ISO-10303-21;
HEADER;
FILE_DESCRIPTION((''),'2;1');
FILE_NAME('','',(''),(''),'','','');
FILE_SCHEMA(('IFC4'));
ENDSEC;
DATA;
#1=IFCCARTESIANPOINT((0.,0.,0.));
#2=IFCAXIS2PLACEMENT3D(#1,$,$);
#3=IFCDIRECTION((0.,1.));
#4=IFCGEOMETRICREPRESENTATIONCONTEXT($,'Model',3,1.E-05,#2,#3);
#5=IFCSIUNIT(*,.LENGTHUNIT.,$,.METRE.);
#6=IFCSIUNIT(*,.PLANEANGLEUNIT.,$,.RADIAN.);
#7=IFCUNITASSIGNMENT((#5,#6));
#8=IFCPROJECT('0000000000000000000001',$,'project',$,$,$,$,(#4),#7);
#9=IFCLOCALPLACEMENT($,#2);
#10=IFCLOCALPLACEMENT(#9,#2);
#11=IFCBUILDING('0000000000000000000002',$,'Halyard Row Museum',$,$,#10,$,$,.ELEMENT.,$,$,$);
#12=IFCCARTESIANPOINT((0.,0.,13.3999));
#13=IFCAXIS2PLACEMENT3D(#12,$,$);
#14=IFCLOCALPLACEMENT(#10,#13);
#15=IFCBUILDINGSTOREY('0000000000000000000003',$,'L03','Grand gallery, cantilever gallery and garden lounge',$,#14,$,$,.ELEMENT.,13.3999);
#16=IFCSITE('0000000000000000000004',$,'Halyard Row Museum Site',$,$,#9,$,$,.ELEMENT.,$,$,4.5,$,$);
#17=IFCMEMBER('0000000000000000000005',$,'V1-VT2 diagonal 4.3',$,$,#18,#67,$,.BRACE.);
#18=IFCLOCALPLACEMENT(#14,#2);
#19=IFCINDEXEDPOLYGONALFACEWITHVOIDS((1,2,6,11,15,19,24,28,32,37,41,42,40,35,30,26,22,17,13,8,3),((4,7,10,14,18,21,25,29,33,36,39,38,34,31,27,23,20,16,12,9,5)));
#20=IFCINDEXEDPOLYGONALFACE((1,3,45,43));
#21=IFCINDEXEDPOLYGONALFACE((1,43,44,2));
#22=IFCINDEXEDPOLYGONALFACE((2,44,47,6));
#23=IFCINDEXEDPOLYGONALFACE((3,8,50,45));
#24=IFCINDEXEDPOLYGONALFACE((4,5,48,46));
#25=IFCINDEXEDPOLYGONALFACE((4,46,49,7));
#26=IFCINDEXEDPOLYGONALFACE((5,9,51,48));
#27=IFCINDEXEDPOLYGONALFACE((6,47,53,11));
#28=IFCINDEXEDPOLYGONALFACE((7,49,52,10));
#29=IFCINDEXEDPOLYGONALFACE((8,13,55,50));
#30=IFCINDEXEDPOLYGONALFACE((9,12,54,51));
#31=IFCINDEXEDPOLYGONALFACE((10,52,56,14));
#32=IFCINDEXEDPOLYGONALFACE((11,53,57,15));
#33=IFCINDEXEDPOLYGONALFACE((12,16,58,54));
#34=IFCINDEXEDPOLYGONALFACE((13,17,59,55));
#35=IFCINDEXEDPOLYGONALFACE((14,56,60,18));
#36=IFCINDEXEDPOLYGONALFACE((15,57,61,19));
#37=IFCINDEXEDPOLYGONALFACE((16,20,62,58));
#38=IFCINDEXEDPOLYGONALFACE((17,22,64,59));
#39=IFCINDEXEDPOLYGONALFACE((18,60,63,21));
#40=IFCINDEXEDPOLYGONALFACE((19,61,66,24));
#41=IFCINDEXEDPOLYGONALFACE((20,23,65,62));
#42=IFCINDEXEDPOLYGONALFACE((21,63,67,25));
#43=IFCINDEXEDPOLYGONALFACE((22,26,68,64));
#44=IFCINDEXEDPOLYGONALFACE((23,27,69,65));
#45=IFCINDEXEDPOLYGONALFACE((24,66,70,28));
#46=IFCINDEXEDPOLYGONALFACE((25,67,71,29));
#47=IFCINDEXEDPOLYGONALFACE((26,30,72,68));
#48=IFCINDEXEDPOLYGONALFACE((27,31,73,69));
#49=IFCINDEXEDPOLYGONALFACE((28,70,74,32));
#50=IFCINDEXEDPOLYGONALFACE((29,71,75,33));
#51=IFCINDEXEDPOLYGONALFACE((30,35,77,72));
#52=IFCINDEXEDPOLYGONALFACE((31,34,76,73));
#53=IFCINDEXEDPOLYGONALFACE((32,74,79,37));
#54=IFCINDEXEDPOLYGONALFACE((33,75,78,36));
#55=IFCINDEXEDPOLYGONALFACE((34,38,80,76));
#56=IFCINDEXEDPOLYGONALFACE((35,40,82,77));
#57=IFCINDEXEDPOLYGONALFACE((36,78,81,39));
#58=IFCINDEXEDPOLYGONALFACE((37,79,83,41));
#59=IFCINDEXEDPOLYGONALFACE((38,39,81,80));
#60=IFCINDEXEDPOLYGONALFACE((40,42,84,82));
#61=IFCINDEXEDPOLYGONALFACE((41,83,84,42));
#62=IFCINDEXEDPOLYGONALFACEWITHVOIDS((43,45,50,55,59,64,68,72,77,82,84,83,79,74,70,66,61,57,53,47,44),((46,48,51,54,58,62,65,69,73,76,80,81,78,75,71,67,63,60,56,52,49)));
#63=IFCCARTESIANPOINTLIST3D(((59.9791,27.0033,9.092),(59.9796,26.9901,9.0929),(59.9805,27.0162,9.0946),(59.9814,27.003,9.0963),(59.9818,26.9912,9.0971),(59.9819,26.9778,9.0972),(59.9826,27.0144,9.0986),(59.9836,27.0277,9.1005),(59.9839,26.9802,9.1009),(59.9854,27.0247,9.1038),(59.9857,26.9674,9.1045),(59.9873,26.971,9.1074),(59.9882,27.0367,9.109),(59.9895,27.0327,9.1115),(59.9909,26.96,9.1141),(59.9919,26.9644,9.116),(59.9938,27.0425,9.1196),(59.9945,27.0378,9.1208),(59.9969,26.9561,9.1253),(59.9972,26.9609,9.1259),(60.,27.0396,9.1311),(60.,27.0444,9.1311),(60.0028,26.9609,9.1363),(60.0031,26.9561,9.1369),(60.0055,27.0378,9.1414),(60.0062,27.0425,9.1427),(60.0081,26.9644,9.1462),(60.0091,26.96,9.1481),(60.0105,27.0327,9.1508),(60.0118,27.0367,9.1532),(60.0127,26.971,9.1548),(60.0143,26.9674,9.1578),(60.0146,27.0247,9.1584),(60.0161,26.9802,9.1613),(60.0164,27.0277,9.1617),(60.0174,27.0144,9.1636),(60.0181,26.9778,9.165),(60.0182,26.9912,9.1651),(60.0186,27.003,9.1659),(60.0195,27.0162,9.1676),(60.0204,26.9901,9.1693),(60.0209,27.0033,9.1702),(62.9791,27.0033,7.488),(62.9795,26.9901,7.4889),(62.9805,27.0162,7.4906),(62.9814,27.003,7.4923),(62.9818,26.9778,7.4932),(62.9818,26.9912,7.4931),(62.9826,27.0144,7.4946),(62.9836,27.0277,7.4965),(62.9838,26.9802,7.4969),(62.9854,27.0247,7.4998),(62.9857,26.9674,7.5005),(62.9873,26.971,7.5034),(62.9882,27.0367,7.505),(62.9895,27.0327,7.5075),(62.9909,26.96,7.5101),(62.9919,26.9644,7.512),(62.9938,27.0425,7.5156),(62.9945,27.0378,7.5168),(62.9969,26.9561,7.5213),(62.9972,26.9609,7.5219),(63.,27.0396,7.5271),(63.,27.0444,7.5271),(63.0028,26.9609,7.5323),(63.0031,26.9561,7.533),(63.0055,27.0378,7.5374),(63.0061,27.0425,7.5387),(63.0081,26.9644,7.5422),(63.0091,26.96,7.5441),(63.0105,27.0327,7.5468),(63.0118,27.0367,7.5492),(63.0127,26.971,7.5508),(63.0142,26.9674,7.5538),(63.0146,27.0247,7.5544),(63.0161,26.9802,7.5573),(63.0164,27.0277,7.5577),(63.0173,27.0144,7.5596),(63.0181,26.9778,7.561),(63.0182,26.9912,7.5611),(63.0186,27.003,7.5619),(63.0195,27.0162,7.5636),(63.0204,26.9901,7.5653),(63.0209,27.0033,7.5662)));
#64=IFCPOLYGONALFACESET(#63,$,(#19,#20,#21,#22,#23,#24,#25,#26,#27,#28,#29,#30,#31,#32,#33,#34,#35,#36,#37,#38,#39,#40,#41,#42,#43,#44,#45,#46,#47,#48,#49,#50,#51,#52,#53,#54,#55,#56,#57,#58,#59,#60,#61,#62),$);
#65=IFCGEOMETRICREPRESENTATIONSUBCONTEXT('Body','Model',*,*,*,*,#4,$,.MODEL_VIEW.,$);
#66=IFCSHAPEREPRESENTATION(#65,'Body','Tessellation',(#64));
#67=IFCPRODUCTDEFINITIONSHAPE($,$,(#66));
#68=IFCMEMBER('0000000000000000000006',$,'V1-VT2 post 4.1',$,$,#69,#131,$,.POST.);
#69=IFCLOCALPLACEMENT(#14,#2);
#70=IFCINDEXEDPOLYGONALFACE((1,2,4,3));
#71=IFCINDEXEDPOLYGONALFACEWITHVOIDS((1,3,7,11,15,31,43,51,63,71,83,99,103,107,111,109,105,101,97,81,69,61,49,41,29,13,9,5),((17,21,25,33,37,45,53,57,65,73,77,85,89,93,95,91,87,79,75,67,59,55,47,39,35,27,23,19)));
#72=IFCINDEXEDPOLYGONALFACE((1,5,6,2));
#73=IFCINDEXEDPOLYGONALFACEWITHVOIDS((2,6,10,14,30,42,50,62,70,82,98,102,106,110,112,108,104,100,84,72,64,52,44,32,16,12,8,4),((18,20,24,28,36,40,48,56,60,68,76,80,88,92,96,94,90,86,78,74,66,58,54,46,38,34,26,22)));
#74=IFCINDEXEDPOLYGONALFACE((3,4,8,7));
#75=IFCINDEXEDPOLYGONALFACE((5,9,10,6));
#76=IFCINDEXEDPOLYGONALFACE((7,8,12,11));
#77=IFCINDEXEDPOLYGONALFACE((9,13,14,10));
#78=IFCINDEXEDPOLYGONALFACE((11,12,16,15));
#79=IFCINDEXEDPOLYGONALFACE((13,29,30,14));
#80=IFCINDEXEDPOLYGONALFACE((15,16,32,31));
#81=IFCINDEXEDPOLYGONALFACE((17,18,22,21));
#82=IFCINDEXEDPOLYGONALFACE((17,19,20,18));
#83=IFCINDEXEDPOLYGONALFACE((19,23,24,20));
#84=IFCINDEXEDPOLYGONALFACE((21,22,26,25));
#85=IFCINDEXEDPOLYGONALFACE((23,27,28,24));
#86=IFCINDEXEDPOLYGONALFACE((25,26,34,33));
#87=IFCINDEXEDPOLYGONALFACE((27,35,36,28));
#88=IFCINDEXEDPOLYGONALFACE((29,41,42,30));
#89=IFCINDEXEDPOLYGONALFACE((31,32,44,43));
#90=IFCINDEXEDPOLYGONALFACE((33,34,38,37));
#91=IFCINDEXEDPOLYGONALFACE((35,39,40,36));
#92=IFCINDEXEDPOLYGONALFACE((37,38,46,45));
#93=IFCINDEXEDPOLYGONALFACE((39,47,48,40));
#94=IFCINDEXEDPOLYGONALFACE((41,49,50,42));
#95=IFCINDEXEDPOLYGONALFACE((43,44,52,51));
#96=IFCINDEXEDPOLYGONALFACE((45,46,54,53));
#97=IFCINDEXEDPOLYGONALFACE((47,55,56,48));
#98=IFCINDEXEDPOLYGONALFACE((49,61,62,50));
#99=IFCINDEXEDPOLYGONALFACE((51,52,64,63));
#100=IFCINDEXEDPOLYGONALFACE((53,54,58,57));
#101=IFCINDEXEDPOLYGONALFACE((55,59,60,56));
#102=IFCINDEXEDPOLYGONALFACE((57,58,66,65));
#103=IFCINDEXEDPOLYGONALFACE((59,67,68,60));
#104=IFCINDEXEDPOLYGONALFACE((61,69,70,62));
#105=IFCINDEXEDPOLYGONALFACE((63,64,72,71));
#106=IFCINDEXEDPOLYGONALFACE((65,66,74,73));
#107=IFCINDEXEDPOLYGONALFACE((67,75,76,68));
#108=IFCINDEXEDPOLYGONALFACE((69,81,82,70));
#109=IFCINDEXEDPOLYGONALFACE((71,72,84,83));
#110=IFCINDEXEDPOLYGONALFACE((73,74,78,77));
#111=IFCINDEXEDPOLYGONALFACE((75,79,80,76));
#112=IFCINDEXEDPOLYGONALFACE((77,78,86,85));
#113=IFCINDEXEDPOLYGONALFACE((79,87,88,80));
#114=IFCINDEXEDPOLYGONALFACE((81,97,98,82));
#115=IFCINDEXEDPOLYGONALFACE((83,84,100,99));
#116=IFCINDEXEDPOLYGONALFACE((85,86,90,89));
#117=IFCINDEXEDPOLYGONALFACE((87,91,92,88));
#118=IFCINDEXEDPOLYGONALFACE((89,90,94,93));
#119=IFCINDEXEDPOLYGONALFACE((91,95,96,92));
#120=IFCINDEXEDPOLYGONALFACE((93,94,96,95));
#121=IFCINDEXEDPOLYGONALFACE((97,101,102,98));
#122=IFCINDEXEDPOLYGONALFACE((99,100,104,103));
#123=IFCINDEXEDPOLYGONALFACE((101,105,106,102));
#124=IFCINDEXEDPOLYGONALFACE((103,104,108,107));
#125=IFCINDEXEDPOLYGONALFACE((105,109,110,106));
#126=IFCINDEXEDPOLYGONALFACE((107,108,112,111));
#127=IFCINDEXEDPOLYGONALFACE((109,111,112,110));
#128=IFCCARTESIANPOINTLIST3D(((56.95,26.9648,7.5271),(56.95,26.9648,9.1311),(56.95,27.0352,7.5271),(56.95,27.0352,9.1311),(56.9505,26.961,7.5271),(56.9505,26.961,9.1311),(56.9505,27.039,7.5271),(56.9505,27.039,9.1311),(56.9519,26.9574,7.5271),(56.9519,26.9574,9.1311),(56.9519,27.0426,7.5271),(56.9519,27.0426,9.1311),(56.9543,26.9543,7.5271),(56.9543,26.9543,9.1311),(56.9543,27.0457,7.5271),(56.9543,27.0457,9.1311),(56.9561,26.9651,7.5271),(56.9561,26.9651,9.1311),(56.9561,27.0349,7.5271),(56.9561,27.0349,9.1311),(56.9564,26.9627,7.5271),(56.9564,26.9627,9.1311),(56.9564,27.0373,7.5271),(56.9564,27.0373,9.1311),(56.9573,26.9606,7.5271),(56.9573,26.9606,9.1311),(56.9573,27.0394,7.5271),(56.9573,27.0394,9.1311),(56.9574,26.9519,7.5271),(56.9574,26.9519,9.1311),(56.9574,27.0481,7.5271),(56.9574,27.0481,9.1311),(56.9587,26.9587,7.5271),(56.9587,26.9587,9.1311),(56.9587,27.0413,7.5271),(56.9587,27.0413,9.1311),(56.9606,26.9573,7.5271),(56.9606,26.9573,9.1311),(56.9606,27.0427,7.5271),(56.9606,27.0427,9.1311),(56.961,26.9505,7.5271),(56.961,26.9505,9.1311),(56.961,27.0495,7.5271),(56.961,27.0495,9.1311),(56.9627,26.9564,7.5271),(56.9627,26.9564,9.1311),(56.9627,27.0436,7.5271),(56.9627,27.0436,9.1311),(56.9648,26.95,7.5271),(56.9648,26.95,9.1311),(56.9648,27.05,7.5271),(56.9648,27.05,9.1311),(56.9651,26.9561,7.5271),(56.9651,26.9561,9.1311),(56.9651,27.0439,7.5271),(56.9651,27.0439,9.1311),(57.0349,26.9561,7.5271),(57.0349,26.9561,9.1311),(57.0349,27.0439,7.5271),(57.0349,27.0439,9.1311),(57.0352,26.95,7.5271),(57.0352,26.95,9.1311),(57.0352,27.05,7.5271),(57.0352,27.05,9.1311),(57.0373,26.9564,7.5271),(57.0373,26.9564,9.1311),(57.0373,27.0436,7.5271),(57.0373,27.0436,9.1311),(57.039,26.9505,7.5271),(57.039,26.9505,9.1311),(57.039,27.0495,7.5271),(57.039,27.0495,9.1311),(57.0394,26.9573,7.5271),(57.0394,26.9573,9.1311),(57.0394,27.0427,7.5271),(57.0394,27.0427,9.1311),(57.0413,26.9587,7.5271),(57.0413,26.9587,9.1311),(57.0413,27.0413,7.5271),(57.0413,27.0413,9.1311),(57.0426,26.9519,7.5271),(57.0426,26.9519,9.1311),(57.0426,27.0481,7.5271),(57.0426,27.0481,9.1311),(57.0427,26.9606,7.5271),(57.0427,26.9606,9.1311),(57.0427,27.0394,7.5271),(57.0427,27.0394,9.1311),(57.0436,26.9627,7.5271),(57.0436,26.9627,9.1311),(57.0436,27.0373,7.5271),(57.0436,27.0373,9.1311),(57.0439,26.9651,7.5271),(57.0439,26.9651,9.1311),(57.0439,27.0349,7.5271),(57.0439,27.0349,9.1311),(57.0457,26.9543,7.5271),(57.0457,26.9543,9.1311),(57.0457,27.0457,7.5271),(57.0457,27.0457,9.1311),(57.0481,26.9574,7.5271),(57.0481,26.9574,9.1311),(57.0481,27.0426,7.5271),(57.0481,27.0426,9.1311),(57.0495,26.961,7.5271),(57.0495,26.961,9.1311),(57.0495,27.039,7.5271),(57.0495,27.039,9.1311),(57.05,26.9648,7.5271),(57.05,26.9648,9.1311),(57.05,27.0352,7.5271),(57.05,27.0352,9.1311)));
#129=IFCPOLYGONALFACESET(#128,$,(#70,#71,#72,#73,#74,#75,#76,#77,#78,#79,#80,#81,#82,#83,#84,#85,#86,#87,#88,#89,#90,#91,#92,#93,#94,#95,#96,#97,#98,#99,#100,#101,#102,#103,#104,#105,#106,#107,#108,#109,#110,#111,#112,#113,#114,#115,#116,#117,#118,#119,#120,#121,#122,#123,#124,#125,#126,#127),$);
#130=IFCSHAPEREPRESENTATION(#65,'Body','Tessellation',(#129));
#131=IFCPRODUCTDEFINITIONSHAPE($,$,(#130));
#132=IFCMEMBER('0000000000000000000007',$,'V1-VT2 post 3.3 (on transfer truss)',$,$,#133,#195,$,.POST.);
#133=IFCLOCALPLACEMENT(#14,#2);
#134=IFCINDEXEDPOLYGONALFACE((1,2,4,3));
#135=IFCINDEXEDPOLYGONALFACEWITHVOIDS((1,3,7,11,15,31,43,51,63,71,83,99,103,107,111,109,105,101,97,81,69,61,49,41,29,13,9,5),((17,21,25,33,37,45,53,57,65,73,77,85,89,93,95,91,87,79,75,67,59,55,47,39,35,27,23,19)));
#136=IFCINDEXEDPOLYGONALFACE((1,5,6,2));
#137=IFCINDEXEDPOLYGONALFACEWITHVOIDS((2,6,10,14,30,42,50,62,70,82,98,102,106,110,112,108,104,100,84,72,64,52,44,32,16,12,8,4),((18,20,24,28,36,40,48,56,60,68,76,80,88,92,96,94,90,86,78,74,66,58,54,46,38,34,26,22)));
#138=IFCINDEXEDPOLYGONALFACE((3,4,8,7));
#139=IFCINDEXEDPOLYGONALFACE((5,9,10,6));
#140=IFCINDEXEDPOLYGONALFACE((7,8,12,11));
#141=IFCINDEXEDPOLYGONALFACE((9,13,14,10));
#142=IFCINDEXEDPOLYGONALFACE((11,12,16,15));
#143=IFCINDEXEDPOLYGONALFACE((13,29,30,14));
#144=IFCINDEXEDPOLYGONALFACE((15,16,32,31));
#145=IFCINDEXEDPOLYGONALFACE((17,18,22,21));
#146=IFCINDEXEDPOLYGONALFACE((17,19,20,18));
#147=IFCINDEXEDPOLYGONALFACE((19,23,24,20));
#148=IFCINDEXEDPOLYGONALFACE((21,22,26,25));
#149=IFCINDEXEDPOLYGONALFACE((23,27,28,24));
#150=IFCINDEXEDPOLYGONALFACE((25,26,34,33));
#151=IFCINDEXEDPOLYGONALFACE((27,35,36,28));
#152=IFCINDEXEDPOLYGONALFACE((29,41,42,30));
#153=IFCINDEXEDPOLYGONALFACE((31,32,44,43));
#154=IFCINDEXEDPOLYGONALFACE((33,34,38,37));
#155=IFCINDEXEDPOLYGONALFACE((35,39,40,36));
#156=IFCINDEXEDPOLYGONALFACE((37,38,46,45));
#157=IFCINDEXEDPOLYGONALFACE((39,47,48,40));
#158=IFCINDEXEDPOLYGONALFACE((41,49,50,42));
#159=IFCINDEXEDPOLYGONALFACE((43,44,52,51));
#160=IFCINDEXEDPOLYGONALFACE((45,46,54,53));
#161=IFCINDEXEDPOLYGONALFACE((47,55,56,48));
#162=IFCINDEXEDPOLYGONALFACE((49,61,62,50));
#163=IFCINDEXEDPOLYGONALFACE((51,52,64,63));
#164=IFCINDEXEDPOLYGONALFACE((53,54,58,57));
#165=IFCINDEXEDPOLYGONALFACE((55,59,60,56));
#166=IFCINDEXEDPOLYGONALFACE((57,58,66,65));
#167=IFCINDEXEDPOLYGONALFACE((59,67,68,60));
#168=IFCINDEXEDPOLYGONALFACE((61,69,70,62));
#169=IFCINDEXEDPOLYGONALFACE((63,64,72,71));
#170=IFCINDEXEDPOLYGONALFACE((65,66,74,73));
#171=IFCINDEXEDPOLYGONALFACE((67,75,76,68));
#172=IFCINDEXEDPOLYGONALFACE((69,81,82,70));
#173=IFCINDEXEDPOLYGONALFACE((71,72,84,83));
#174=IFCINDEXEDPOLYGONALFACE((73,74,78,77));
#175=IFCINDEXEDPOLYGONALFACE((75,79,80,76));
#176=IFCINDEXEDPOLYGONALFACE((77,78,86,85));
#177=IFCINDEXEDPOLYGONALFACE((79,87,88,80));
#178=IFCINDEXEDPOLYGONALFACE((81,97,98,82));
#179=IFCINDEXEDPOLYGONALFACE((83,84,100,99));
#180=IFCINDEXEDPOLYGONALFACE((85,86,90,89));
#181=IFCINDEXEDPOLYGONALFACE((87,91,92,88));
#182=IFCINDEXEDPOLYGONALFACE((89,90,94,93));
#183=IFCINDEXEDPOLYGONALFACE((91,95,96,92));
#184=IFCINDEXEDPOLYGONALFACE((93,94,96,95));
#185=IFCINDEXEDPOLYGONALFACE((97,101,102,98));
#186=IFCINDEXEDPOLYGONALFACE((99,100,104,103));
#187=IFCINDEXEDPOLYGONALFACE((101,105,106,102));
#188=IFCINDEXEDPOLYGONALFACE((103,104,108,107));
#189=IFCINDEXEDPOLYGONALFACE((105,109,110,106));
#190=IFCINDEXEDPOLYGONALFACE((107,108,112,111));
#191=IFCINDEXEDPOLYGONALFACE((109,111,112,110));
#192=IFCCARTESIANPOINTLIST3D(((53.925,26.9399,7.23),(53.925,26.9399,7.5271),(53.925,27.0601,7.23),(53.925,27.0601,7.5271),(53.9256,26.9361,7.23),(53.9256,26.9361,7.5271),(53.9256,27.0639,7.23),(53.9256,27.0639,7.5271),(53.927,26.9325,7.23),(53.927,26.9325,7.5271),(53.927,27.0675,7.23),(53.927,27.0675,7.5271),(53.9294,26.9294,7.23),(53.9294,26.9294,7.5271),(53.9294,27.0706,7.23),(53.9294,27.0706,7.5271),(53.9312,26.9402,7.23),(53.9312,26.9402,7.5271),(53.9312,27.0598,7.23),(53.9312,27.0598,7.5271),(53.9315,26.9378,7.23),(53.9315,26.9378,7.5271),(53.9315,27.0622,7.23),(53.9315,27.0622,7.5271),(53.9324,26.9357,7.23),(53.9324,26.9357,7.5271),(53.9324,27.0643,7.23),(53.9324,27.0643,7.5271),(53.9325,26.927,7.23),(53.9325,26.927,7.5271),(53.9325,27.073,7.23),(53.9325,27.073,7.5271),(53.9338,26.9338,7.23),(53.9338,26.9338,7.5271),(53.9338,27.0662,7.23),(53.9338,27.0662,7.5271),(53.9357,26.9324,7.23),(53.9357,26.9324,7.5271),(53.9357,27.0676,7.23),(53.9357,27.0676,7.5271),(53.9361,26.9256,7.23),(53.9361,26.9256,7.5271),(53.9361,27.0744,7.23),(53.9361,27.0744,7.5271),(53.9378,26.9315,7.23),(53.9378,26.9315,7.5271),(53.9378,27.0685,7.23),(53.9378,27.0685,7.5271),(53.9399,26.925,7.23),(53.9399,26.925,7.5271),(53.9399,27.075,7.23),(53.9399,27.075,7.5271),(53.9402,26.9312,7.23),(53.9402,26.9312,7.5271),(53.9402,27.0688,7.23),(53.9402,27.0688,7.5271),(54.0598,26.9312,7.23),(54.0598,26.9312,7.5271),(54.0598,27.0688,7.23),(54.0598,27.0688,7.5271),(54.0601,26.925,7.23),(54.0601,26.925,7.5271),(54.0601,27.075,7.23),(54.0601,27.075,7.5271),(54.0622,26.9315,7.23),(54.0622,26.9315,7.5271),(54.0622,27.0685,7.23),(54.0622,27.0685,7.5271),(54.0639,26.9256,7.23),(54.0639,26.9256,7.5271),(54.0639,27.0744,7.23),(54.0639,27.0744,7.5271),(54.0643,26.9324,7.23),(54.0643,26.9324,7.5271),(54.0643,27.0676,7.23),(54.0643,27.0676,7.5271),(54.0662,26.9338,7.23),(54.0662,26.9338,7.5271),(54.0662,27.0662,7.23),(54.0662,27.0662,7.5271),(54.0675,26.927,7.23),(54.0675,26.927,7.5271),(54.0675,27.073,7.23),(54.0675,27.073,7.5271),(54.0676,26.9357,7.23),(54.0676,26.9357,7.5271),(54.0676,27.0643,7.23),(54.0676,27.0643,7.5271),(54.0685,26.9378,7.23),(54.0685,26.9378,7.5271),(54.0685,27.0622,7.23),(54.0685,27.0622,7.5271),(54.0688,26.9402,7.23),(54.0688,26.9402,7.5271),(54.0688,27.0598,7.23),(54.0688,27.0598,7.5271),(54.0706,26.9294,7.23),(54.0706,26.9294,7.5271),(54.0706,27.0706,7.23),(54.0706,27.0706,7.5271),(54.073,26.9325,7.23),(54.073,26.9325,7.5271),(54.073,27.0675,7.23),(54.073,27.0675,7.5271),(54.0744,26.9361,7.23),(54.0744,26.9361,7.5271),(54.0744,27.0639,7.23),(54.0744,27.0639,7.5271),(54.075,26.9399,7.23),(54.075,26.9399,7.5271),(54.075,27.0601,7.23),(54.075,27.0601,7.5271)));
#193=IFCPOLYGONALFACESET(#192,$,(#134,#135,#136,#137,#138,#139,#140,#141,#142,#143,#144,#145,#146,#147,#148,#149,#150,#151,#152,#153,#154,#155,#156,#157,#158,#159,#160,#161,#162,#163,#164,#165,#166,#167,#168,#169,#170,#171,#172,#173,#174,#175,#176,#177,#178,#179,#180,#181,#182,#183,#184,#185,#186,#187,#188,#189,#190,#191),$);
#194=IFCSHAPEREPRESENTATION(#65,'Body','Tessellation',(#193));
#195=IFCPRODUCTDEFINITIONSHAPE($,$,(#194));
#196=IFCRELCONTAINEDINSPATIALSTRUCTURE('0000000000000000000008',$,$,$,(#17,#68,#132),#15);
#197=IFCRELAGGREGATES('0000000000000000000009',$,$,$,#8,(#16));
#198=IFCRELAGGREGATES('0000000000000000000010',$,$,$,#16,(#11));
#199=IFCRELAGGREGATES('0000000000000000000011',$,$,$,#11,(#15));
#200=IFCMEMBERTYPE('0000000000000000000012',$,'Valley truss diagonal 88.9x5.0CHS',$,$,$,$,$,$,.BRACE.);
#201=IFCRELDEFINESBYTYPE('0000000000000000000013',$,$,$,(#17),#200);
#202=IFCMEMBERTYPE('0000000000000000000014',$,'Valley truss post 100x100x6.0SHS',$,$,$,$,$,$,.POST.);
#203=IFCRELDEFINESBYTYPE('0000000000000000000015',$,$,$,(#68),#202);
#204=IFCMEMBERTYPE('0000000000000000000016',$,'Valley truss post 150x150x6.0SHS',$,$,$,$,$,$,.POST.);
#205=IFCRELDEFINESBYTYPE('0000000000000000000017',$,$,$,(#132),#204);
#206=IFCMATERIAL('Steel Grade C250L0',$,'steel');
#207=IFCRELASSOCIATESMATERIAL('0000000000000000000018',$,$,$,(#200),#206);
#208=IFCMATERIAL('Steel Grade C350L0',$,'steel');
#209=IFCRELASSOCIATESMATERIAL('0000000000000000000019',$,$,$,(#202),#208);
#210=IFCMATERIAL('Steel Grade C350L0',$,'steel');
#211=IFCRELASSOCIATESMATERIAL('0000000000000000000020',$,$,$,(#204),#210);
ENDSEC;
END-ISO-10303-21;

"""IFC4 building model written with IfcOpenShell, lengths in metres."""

from ifc_helpers import new_model, si_unit, direction, frame, origin, origin_2d, place, context, subcontext, project, spatial, hollow_rectangle, hollow_circle, extrude, material, material_profile, profile_set, type_object, element, save


model = new_model("IFC4")

# Units and contexts
model_context = context("Model", 3, precision=1e-05, world=origin(), true_north=direction((0.0, 1.0)))
body_context = subcontext(model_context, "Body", "Model", "MODEL_VIEW")
ifc_project = project(units=[si_unit("LENGTHUNIT", "METRE"), si_unit("PLANEANGLEUNIT", "RADIAN")], contexts=[model_context])

# Site, building, storey
site_placement = place(None, origin())
site = spatial("IfcSite", under=ifc_project, at=site_placement, Name="Halyard Row Museum Site", CompositionType="ELEMENT", RefElevation=4.5)
building_placement = place(site_placement, origin())
building = spatial("IfcBuilding", under=site, at=building_placement, Name="Halyard Row Museum", CompositionType="ELEMENT")
storey_placement = place(building_placement, frame((0.0, 0.0, 13.3999)))
storey = spatial("IfcBuildingStorey", under=building, at=storey_placement, Name="L03", Description="Grand gallery, cantilever gallery and garden lounge", CompositionType="ELEMENT", Elevation=13.3999)

# Members
ifc_material_1 = material(Name="Steel Grade C250L0", Category="steel")
ifc_material_profile_1 = material_profile(ifc_material_1, hollow_circle(Radius=0.0444, WallThickness=0.0049, at=origin_2d()), Name="88.9x5.0CHS")
ifc_profile_set_1 = profile_set([ifc_material_profile_1], Name="Steel Grade C250L0")
member_type_1 = type_object("IfcMemberType", Name="Valley truss diagonal 88.9x5.0CHS", PredefinedType="BRACE", material=ifc_profile_set_1)
for number, where, z_axis, x_axis, name in (
    (1, (60.0, 27.0, 9.1311), (0.881864, 0.0, -0.471504), (0.0, 1.0, 0.0), "V1-VT2 diagonal 4.3"),
):
    element("IfcMember", number, at=place(storey_placement, frame(where, z_axis=z_axis, x_axis=x_axis)), inside=storey, type_object=member_type_1, Name=name, PredefinedType="BRACE", context=body_context, shape_type="SweptSolid", body=[
        extrude(hollow_circle(Radius=0.0444, WallThickness=0.0049, at=origin_2d()), origin(), (0.0, 0.0, 1.0), 3.4019),
    ])
ifc_material_2 = material(Name="Steel Grade C350L0", Category="steel")
ifc_material_profile_2 = material_profile(ifc_material_2, hollow_rectangle(XDim=0.1001, YDim=0.1001, WallThickness=0.0061, InnerFilletRadius=0.009, OuterFilletRadius=0.0149, at=origin_2d()), Name="100x100x6.0SHS")
ifc_profile_set_2 = profile_set([ifc_material_profile_2], Name="Steel Grade C350L0")
member_type_2 = type_object("IfcMemberType", Name="Valley truss post 100x100x6.0SHS", PredefinedType="POST", material=ifc_profile_set_2)
member_1_placement = place(storey_placement, frame((57.0, 27.0, 7.5271), z_axis=(0.0, 0.0, 1.0), x_axis=(1.0, 0.0, 0.0)))
element("IfcMember", 2, at=member_1_placement, inside=storey, type_object=member_type_2, Name="V1-VT2 post 4.1", PredefinedType="POST", context=body_context, shape_type="SweptSolid", body=[
    extrude(hollow_rectangle(XDim=0.1001, YDim=0.1001, WallThickness=0.0061, InnerFilletRadius=0.009, OuterFilletRadius=0.0149, at=origin_2d()), origin(), (0.0, 0.0, 1.0), 1.604),
])
ifc_material_3 = material(Name="Steel Grade C350L0", Category="steel")
ifc_material_profile_3 = material_profile(ifc_material_3, hollow_rectangle(XDim=0.1499, YDim=0.1499, WallThickness=0.0061, InnerFilletRadius=0.009, OuterFilletRadius=0.0149, at=origin_2d()), Name="150x150x6.0SHS")
ifc_profile_set_3 = profile_set([ifc_material_profile_3], Name="Steel Grade C350L0")
member_type_3 = type_object("IfcMemberType", Name="Valley truss post 150x150x6.0SHS", PredefinedType="POST", material=ifc_profile_set_3)
member_2_placement = place(storey_placement, frame((54.0, 27.0, 7.23), z_axis=(0.0, 0.0, 1.0), x_axis=(1.0, 0.0, 0.0)))
element("IfcMember", 3, at=member_2_placement, inside=storey, type_object=member_type_3, Name="V1-VT2 post 3.3 (on transfer truss)", PredefinedType="POST", context=body_context, shape_type="SweptSolid", body=[
    extrude(hollow_rectangle(XDim=0.1499, YDim=0.1499, WallThickness=0.0061, InnerFilletRadius=0.009, OuterFilletRadius=0.0149, at=origin_2d()), origin(), (0.0, 0.0, 1.0), 0.2971),
])

save(model, "model.ifc")
